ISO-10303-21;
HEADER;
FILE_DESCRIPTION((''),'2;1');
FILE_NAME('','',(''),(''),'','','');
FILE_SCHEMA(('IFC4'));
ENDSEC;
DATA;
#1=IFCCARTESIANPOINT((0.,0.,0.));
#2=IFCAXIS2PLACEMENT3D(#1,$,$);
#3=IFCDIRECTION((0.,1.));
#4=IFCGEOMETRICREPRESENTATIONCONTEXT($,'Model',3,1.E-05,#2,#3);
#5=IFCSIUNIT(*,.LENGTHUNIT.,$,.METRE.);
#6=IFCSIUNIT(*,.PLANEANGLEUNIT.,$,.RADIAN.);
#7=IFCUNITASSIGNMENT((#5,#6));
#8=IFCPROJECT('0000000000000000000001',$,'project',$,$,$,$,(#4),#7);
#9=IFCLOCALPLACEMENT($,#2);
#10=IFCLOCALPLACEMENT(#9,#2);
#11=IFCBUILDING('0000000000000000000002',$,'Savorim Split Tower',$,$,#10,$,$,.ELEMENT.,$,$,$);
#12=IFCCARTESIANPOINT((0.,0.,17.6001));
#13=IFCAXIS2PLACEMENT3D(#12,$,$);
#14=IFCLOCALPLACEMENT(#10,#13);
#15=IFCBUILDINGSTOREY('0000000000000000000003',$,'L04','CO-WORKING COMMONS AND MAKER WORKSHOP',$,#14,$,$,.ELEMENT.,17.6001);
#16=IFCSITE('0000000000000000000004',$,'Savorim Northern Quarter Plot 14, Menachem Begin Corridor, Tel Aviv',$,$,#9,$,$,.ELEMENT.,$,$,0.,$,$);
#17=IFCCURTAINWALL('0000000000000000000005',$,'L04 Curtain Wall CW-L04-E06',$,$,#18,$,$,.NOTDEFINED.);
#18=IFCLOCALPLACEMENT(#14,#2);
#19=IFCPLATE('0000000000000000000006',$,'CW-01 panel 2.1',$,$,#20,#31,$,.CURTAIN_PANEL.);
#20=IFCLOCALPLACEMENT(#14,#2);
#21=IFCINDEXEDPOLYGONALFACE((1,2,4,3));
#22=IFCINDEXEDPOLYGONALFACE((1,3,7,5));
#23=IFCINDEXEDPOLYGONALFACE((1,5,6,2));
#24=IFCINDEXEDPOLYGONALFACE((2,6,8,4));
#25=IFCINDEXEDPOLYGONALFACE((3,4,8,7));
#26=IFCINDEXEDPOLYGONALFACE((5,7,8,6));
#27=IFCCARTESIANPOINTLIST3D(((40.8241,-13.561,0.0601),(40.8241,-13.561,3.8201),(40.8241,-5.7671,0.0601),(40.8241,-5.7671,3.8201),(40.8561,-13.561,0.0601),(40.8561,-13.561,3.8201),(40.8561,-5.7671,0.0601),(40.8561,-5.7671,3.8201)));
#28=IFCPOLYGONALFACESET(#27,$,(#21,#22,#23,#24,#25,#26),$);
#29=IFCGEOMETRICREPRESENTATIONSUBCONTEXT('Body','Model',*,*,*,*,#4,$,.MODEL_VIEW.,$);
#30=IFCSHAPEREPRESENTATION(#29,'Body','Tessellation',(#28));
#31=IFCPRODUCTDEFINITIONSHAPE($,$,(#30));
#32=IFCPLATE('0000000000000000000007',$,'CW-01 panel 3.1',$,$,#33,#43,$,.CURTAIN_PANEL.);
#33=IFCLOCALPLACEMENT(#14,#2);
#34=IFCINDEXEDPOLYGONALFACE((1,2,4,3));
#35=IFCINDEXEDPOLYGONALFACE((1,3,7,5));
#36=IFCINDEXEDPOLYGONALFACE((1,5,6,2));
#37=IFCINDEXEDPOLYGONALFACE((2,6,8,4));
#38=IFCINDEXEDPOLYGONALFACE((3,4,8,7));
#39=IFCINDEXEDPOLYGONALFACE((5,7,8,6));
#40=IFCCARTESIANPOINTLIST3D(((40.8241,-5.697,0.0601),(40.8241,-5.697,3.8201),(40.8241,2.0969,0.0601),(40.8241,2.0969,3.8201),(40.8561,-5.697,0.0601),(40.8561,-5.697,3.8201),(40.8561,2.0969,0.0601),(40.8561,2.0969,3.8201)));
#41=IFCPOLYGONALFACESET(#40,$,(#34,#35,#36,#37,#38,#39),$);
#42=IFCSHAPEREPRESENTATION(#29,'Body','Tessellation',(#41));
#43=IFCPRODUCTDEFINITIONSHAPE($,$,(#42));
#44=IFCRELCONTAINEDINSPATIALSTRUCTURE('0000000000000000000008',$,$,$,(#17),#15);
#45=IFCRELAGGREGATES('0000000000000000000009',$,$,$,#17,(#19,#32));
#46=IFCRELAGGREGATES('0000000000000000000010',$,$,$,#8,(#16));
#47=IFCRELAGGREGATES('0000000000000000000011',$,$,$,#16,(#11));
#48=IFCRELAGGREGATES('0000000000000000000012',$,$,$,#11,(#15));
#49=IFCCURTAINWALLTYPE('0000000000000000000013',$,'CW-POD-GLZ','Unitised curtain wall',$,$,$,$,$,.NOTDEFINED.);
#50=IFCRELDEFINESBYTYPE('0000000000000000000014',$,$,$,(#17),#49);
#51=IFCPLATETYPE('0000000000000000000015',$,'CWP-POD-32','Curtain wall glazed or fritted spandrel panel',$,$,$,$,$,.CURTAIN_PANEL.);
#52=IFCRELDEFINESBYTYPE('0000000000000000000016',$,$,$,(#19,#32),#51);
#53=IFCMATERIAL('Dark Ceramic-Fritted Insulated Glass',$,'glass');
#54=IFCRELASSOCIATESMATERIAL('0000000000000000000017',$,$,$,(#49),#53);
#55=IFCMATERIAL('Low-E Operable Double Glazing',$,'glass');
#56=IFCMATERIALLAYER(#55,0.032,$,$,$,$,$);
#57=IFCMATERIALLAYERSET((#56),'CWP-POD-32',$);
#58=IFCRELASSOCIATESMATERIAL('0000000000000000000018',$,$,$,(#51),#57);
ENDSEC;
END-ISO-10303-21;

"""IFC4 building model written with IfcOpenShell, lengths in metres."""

from ifc_helpers import new_model, si_unit, direction, frame, origin, origin_2d, place, context, subcontext, project, spatial, rectangle, extrude, material, layer, layer_set, type_object, element, aggregate, save


model = new_model("IFC4")

# Units and contexts
model_context = context("Model", 3, precision=1e-05, world=origin(), true_north=direction((0.0, 1.0)))
body_context = subcontext(model_context, "Body", "Model", "MODEL_VIEW")
ifc_project = project(units=[si_unit("LENGTHUNIT", "METRE"), si_unit("PLANEANGLEUNIT", "RADIAN")], contexts=[model_context])

# Site, building, storey
site_placement = place(None, origin())
site = spatial("IfcSite", under=ifc_project, at=site_placement, Name="Savorim Northern Quarter Plot 14, Menachem Begin Corridor, Tel Aviv", CompositionType="ELEMENT", RefElevation=0.0)
building_placement = place(site_placement, origin())
building = spatial("IfcBuilding", under=site, at=building_placement, Name="Savorim Split Tower", CompositionType="ELEMENT")
storey_placement = place(building_placement, frame((0.0, 0.0, 17.6001)))
storey = spatial("IfcBuildingStorey", under=building, at=storey_placement, Name="L04", Description="CO-WORKING COMMONS AND MAKER WORKSHOP", CompositionType="ELEMENT", Elevation=17.6001)

# Shared definitions
ifc_material_1 = material(Name="Dark Ceramic-Fritted Insulated Glass", Category="glass")
curtain_wall_type = type_object("IfcCurtainWallType", Name="CW-POD-GLZ", Description="Unitised curtain wall", PredefinedType="NOTDEFINED", material=ifc_material_1)

# Curtain wall
curtain_wall_1_placement = place(storey_placement, origin())
curtain_wall_1 = element("IfcCurtainWall", 1, at=curtain_wall_1_placement, inside=storey, type_object=curtain_wall_type, Name="L04 Curtain Wall CW-L04-E06", PredefinedType="NOTDEFINED")

# Plates
ifc_material_2 = material(Name="Low-E Operable Double Glazing", Category="glass")
ifc_layer = layer(ifc_material_2, 0.032)
ifc_layer_set = layer_set([ifc_layer], Name="CWP-POD-32")
plate_type = type_object("IfcPlateType", Name="CWP-POD-32", Description="Curtain wall glazed or fritted spandrel panel", PredefinedType="CURTAIN_PANEL", material=ifc_layer_set)
plate_1_placement = place(storey_placement, frame((40.8401, -9.6641, 0.0601), z_axis=(0.0, 0.0, 1.0), x_axis=(0.0, 1.0, 0.0)))
plate_1 = element("IfcPlate", 2, at=plate_1_placement, type_object=plate_type, Name="CW-01 panel 2.1", PredefinedType="CURTAIN_PANEL", context=body_context, shape_type="SweptSolid", body=[
    extrude(rectangle(XDim=7.7939, YDim=0.032, at=origin_2d()), origin(), (0.0, 0.0, 1.0), 3.76),
])
plate_2_placement = place(storey_placement, frame((40.8401, -1.8, 0.0601), z_axis=(0.0, 0.0, 1.0), x_axis=(0.0, 1.0, 0.0)))
plate_2 = element("IfcPlate", 3, at=plate_2_placement, type_object=plate_type, Name="CW-01 panel 3.1", PredefinedType="CURTAIN_PANEL", context=body_context, shape_type="SweptSolid", body=[
    extrude(rectangle(XDim=7.7939, YDim=0.032, at=origin_2d()), origin(), (0.0, 0.0, 1.0), 3.76),
])
aggregate(curtain_wall_1, [plate_1, plate_2])

save(model, "model.ifc")
